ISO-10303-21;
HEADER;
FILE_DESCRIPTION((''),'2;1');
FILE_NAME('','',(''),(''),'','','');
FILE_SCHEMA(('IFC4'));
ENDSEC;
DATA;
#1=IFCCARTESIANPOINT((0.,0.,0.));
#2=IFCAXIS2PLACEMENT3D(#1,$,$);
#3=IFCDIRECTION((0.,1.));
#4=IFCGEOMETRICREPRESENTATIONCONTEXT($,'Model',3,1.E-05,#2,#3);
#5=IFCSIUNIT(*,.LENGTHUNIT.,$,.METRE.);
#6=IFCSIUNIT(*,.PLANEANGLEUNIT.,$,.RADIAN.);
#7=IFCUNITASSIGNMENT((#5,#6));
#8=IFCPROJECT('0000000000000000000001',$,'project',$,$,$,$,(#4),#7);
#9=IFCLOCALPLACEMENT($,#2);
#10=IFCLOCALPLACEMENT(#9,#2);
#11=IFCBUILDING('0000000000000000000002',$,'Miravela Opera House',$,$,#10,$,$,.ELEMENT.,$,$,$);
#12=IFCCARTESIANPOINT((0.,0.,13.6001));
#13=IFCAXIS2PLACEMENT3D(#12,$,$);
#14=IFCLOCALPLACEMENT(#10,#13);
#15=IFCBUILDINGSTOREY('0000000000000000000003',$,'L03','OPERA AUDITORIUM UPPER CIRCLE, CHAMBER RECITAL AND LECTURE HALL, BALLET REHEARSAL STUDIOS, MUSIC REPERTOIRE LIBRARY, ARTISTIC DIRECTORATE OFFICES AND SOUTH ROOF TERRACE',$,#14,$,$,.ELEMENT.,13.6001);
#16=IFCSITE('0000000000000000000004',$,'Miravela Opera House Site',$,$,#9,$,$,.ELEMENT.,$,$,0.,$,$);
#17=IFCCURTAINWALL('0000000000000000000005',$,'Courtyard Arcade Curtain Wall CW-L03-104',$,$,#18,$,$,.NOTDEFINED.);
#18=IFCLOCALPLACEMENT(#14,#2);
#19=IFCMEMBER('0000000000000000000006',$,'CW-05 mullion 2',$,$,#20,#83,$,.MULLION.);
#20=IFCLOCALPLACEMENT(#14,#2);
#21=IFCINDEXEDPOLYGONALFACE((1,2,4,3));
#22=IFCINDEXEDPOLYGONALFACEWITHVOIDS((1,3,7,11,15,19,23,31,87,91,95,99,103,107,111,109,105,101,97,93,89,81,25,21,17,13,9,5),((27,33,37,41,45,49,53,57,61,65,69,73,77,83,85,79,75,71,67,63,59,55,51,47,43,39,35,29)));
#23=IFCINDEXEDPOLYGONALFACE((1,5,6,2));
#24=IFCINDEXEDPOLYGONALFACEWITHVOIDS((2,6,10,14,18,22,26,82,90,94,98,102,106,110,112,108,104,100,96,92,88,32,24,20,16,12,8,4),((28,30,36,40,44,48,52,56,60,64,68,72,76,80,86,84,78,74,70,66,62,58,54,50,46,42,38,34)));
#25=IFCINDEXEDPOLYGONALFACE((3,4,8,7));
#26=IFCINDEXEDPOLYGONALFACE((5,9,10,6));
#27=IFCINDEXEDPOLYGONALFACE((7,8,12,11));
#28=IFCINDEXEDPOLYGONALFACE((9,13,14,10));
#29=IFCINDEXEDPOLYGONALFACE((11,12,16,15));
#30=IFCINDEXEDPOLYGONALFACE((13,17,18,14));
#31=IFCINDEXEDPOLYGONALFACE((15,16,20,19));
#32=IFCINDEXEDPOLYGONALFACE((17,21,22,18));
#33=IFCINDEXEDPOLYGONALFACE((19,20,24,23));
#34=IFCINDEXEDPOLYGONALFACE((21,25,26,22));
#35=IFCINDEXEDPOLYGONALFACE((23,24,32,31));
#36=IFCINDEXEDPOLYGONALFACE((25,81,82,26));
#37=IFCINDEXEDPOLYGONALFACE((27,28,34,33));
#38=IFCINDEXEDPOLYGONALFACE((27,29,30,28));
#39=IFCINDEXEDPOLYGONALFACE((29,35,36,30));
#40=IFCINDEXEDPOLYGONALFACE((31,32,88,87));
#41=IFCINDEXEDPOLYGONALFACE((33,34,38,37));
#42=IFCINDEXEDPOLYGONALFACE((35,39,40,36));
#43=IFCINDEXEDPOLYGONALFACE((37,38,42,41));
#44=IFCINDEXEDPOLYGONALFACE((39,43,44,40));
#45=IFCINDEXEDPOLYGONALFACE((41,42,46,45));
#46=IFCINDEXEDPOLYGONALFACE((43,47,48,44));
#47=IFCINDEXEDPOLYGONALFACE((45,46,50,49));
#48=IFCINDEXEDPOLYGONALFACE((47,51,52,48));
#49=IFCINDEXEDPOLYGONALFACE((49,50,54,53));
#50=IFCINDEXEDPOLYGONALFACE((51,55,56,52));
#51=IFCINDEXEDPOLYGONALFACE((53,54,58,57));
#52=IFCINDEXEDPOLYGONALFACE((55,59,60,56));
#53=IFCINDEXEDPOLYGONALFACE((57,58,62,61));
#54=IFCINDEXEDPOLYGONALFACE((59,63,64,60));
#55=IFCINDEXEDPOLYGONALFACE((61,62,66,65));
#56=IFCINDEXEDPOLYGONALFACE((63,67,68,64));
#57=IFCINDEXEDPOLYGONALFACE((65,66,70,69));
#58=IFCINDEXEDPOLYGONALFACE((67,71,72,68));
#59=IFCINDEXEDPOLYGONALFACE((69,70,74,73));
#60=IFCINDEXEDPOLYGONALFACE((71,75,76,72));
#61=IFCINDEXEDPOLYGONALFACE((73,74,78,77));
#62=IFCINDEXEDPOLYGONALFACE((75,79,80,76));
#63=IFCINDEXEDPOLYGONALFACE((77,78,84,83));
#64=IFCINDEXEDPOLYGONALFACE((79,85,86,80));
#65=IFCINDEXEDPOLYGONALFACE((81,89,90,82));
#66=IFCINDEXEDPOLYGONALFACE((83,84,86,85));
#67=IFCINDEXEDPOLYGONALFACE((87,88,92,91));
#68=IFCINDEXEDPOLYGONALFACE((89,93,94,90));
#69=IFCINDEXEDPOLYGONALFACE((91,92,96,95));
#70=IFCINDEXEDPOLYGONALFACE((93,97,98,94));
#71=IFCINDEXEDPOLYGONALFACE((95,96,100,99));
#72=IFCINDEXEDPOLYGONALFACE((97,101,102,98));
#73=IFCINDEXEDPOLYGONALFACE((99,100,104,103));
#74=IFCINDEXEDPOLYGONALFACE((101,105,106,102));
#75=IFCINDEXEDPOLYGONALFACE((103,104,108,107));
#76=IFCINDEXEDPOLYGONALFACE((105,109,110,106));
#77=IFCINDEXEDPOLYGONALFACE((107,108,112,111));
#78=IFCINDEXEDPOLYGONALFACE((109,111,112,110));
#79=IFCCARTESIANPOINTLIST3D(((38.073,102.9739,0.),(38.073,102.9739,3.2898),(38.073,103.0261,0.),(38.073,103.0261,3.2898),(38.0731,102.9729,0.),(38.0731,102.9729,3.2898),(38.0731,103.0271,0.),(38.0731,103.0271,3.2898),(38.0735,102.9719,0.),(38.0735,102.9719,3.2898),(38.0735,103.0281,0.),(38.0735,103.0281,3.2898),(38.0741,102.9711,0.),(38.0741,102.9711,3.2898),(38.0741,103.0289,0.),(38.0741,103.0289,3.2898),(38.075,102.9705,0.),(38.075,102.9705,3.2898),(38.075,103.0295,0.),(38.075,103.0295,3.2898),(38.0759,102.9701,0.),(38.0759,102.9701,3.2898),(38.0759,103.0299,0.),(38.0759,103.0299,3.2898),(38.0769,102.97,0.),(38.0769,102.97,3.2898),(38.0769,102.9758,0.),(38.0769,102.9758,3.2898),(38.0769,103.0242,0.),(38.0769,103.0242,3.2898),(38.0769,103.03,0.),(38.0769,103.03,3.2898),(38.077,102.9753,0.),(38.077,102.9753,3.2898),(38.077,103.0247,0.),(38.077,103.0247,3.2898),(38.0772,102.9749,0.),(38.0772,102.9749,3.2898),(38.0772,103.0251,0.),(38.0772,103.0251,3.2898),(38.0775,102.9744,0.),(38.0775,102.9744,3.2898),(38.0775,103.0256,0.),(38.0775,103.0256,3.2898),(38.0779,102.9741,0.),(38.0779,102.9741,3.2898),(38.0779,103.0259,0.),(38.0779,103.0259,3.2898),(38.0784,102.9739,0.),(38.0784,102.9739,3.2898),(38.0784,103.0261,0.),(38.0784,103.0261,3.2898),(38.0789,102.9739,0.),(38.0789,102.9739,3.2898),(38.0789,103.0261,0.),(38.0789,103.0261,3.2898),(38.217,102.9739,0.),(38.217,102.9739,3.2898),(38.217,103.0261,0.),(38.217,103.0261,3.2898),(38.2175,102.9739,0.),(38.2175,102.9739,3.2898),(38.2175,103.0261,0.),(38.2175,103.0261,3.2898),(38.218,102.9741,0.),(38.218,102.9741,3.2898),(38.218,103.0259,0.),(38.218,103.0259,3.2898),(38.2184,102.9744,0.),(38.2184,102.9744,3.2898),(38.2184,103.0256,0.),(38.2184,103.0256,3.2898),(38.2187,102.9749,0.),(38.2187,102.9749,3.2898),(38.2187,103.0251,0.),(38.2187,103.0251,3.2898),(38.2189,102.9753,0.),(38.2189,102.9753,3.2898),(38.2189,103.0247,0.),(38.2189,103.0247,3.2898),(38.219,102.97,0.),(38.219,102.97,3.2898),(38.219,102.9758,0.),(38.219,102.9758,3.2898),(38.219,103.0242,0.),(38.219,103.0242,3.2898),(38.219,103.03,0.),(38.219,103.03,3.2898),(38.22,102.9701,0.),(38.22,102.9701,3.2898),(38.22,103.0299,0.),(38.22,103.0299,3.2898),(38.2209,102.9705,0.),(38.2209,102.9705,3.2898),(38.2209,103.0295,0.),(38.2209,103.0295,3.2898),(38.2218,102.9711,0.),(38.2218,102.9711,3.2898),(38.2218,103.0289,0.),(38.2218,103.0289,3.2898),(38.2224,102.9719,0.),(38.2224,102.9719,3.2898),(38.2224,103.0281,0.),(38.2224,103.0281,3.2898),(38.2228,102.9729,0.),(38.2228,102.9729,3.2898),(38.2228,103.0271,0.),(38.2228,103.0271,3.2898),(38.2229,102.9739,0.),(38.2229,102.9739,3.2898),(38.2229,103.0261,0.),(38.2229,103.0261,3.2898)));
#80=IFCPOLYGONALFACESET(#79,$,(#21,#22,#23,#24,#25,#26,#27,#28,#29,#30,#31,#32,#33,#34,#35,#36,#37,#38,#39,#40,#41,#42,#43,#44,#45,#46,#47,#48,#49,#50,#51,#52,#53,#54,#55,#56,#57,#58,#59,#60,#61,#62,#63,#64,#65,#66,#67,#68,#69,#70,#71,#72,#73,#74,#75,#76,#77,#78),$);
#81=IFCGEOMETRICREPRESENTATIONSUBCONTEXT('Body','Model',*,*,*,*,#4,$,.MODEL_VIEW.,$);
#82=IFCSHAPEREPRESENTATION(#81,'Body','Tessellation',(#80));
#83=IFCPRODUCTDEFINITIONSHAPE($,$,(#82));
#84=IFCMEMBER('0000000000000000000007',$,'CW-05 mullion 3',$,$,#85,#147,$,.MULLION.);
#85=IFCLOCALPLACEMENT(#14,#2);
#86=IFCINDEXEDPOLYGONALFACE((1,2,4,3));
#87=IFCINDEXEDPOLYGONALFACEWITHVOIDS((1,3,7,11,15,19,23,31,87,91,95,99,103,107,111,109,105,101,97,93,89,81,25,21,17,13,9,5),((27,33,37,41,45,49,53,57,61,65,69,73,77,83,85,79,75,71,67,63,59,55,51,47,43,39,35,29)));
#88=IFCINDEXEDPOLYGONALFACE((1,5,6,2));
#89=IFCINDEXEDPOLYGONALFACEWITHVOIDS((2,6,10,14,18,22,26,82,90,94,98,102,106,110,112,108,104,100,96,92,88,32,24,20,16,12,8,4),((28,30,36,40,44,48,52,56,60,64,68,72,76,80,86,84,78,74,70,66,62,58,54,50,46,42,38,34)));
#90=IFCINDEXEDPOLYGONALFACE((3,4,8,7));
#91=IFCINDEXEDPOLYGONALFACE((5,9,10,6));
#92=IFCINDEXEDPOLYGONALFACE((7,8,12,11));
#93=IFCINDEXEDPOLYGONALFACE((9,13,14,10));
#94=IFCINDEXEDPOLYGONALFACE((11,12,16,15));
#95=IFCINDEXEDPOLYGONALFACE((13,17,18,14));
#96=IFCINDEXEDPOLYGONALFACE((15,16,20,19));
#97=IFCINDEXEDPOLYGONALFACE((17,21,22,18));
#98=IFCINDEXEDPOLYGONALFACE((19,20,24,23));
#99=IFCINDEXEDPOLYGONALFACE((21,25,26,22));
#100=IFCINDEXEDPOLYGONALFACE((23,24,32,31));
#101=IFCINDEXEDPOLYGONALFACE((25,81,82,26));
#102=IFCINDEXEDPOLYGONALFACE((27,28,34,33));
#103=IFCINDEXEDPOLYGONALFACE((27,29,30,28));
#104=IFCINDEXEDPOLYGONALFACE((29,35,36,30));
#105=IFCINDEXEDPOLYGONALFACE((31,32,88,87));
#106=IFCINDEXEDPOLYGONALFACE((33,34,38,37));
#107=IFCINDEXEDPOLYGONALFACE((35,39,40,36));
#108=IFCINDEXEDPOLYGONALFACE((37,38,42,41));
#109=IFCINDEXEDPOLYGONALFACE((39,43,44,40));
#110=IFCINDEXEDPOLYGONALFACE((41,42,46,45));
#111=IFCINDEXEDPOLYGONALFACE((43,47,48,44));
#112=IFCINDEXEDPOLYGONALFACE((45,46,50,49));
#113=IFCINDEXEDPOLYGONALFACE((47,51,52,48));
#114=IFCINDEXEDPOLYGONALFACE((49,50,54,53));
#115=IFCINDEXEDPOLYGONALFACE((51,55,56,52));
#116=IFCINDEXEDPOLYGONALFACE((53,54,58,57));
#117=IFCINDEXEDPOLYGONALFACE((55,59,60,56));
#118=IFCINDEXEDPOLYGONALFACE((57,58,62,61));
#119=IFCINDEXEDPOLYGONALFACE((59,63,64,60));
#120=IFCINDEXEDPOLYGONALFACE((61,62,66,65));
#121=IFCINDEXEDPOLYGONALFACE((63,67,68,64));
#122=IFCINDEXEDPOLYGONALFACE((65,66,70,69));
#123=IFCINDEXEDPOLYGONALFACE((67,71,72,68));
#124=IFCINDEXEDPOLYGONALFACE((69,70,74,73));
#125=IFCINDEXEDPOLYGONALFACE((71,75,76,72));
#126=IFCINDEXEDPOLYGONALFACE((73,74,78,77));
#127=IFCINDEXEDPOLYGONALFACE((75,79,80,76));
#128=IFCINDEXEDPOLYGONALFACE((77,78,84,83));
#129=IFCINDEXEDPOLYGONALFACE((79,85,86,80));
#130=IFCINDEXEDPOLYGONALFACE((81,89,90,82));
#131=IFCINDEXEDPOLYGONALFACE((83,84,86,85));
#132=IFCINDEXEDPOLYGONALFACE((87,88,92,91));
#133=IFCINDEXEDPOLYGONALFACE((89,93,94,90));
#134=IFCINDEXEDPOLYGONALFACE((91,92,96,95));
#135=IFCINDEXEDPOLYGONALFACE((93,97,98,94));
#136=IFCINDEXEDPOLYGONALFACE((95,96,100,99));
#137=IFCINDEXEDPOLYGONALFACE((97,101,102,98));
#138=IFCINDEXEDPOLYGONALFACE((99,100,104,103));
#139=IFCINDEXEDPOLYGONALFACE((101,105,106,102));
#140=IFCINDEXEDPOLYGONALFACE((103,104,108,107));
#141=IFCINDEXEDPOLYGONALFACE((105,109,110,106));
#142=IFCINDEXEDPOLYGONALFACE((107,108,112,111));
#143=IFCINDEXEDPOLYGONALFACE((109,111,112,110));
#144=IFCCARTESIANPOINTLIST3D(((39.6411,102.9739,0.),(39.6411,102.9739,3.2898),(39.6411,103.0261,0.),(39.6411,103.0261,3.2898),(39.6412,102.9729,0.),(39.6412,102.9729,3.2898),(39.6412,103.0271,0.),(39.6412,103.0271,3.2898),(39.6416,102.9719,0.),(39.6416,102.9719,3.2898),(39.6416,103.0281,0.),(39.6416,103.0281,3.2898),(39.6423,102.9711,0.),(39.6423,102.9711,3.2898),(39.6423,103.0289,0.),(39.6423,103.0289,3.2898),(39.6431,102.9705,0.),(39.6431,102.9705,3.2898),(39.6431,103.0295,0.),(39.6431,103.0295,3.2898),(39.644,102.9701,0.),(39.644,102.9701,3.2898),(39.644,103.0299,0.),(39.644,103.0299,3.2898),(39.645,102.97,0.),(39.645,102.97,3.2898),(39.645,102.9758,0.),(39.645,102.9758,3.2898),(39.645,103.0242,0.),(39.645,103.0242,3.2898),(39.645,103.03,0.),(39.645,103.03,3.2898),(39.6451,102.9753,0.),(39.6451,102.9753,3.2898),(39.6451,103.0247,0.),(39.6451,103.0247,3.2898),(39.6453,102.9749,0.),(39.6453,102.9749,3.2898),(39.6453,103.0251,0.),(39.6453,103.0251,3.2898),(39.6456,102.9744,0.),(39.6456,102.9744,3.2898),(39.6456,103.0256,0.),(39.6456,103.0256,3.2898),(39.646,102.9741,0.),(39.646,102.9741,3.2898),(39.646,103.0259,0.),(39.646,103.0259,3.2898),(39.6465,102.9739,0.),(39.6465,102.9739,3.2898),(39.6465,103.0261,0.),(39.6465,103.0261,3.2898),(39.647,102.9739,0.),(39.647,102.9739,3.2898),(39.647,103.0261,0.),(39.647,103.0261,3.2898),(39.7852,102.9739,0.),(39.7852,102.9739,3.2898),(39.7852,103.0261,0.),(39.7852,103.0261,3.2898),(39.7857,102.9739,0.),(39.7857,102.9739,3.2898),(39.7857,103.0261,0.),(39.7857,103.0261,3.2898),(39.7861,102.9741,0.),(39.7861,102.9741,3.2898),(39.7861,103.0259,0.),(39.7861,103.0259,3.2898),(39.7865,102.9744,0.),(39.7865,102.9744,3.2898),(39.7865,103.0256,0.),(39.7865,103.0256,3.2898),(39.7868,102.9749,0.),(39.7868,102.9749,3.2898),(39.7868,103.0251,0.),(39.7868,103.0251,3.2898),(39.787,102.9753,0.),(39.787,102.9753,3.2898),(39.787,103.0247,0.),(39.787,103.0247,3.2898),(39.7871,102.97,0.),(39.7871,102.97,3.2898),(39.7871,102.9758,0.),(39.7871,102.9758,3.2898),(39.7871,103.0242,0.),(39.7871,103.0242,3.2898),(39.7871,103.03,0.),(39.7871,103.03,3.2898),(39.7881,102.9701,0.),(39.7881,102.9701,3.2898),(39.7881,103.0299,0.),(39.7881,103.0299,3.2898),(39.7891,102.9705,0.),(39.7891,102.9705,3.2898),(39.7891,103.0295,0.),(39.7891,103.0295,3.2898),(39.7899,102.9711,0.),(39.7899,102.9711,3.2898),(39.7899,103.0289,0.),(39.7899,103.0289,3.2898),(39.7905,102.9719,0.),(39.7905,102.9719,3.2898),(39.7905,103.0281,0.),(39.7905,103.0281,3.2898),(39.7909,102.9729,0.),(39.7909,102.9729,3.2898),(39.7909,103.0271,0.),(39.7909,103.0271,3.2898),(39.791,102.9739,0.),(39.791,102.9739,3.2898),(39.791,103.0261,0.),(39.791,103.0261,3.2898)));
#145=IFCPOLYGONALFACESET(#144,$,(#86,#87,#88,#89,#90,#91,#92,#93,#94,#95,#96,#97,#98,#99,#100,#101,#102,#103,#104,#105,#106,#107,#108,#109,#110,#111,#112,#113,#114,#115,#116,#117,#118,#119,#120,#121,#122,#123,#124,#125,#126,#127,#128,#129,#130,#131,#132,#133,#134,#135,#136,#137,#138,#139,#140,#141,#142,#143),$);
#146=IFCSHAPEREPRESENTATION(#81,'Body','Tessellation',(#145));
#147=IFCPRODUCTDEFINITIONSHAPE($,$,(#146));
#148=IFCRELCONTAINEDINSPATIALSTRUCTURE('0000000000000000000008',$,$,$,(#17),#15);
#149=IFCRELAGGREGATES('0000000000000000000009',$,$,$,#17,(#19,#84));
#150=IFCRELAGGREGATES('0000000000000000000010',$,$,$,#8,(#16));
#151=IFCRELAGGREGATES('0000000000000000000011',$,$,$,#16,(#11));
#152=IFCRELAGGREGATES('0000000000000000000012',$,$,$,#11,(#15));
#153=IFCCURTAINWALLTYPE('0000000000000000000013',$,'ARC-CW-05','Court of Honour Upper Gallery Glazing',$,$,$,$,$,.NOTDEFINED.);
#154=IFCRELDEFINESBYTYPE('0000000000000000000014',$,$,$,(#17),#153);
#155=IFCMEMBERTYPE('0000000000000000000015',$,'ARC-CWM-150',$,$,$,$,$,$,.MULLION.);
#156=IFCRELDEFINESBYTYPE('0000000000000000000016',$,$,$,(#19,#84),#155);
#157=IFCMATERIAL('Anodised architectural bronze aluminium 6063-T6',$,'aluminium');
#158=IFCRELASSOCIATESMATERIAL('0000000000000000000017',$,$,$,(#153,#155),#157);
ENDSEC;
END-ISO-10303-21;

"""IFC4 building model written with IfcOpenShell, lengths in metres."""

from ifc_helpers import new_model, si_unit, direction, frame, origin, origin_2d, place, context, subcontext, project, spatial, hollow_rectangle, extrude, material, material_profile, profile_set, type_object, element, aggregate, save


model = new_model("IFC4")

# Units and contexts
model_context = context("Model", 3, precision=1e-05, world=origin(), true_north=direction((0.0, 1.0)))
body_context = subcontext(model_context, "Body", "Model", "MODEL_VIEW")
ifc_project = project(units=[si_unit("LENGTHUNIT", "METRE"), si_unit("PLANEANGLEUNIT", "RADIAN")], contexts=[model_context])

# Site, building, storey
site_placement = place(None, origin())
site = spatial("IfcSite", under=ifc_project, at=site_placement, Name="Miravela Opera House Site", CompositionType="ELEMENT", RefElevation=0.0)
building_placement = place(site_placement, origin())
building = spatial("IfcBuilding", under=site, at=building_placement, Name="Miravela Opera House", CompositionType="ELEMENT")
storey_placement = place(building_placement, frame((0.0, 0.0, 13.6001)))
storey = spatial("IfcBuildingStorey", under=building, at=storey_placement, Name="L03", Description="OPERA AUDITORIUM UPPER CIRCLE, CHAMBER RECITAL AND LECTURE HALL, BALLET REHEARSAL STUDIOS, MUSIC REPERTOIRE LIBRARY, ARTISTIC DIRECTORATE OFFICES AND SOUTH ROOF TERRACE", CompositionType="ELEMENT", Elevation=13.6001)

# Curtain wall, members
ifc_material_1 = material(Name="Anodised architectural bronze aluminium 6063-T6", Category="aluminium")
curtain_wall_type = type_object("IfcCurtainWallType", Name="ARC-CW-05", Description="Court of Honour Upper Gallery Glazing", PredefinedType="NOTDEFINED", material=ifc_material_1)
curtain_wall_placement = place(storey_placement, origin())
curtain_wall = element("IfcCurtainWall", 1, at=curtain_wall_placement, inside=storey, type_object=curtain_wall_type, Name="Courtyard Arcade Curtain Wall CW-L03-104", PredefinedType="NOTDEFINED")
ifc_material_profile_1 = material_profile(ifc_material_1, hollow_rectangle(XDim=0.0601, YDim=0.1499, WallThickness=0.0039, InnerFilletRadius=0.002, OuterFilletRadius=0.0039, at=origin_2d()), Name="CWM-60X150")
ifc_profile_set_1 = profile_set([ifc_material_profile_1])
member_type_1 = type_object("IfcMemberType", Name="ARC-CWM-150", PredefinedType="MULLION", material=ifc_profile_set_1)
member_1_placement = place(storey_placement, frame((38.1479, 103.0, 0.0), z_axis=(0.0, 0.0, 1.0), x_axis=(0.0, 1.0, 0.0)))
member_1 = element("IfcMember", 2, at=member_1_placement, type_object=member_type_1, Name="CW-05 mullion 2", PredefinedType="MULLION", context=body_context, shape_type="SweptSolid", body=[
    extrude(hollow_rectangle(XDim=0.0601, YDim=0.1499, WallThickness=0.0039, InnerFilletRadius=0.002, OuterFilletRadius=0.0039, at=origin_2d()), origin(), (0.0, 0.0, 1.0), 3.2898),
])
member_2_placement = place(storey_placement, frame((39.7161, 103.0, 0.0), z_axis=(0.0, 0.0, 1.0), x_axis=(0.0, 1.0, 0.0)))
member_2 = element("IfcMember", 3, at=member_2_placement, type_object=member_type_1, Name="CW-05 mullion 3", PredefinedType="MULLION", context=body_context, shape_type="SweptSolid", body=[
    extrude(hollow_rectangle(XDim=0.0601, YDim=0.1499, WallThickness=0.0039, InnerFilletRadius=0.002, OuterFilletRadius=0.0039, at=origin_2d()), origin(), (0.0, 0.0, 1.0), 3.2898),
])
aggregate(curtain_wall, [member_1, member_2])

save(model, "model.ifc")
